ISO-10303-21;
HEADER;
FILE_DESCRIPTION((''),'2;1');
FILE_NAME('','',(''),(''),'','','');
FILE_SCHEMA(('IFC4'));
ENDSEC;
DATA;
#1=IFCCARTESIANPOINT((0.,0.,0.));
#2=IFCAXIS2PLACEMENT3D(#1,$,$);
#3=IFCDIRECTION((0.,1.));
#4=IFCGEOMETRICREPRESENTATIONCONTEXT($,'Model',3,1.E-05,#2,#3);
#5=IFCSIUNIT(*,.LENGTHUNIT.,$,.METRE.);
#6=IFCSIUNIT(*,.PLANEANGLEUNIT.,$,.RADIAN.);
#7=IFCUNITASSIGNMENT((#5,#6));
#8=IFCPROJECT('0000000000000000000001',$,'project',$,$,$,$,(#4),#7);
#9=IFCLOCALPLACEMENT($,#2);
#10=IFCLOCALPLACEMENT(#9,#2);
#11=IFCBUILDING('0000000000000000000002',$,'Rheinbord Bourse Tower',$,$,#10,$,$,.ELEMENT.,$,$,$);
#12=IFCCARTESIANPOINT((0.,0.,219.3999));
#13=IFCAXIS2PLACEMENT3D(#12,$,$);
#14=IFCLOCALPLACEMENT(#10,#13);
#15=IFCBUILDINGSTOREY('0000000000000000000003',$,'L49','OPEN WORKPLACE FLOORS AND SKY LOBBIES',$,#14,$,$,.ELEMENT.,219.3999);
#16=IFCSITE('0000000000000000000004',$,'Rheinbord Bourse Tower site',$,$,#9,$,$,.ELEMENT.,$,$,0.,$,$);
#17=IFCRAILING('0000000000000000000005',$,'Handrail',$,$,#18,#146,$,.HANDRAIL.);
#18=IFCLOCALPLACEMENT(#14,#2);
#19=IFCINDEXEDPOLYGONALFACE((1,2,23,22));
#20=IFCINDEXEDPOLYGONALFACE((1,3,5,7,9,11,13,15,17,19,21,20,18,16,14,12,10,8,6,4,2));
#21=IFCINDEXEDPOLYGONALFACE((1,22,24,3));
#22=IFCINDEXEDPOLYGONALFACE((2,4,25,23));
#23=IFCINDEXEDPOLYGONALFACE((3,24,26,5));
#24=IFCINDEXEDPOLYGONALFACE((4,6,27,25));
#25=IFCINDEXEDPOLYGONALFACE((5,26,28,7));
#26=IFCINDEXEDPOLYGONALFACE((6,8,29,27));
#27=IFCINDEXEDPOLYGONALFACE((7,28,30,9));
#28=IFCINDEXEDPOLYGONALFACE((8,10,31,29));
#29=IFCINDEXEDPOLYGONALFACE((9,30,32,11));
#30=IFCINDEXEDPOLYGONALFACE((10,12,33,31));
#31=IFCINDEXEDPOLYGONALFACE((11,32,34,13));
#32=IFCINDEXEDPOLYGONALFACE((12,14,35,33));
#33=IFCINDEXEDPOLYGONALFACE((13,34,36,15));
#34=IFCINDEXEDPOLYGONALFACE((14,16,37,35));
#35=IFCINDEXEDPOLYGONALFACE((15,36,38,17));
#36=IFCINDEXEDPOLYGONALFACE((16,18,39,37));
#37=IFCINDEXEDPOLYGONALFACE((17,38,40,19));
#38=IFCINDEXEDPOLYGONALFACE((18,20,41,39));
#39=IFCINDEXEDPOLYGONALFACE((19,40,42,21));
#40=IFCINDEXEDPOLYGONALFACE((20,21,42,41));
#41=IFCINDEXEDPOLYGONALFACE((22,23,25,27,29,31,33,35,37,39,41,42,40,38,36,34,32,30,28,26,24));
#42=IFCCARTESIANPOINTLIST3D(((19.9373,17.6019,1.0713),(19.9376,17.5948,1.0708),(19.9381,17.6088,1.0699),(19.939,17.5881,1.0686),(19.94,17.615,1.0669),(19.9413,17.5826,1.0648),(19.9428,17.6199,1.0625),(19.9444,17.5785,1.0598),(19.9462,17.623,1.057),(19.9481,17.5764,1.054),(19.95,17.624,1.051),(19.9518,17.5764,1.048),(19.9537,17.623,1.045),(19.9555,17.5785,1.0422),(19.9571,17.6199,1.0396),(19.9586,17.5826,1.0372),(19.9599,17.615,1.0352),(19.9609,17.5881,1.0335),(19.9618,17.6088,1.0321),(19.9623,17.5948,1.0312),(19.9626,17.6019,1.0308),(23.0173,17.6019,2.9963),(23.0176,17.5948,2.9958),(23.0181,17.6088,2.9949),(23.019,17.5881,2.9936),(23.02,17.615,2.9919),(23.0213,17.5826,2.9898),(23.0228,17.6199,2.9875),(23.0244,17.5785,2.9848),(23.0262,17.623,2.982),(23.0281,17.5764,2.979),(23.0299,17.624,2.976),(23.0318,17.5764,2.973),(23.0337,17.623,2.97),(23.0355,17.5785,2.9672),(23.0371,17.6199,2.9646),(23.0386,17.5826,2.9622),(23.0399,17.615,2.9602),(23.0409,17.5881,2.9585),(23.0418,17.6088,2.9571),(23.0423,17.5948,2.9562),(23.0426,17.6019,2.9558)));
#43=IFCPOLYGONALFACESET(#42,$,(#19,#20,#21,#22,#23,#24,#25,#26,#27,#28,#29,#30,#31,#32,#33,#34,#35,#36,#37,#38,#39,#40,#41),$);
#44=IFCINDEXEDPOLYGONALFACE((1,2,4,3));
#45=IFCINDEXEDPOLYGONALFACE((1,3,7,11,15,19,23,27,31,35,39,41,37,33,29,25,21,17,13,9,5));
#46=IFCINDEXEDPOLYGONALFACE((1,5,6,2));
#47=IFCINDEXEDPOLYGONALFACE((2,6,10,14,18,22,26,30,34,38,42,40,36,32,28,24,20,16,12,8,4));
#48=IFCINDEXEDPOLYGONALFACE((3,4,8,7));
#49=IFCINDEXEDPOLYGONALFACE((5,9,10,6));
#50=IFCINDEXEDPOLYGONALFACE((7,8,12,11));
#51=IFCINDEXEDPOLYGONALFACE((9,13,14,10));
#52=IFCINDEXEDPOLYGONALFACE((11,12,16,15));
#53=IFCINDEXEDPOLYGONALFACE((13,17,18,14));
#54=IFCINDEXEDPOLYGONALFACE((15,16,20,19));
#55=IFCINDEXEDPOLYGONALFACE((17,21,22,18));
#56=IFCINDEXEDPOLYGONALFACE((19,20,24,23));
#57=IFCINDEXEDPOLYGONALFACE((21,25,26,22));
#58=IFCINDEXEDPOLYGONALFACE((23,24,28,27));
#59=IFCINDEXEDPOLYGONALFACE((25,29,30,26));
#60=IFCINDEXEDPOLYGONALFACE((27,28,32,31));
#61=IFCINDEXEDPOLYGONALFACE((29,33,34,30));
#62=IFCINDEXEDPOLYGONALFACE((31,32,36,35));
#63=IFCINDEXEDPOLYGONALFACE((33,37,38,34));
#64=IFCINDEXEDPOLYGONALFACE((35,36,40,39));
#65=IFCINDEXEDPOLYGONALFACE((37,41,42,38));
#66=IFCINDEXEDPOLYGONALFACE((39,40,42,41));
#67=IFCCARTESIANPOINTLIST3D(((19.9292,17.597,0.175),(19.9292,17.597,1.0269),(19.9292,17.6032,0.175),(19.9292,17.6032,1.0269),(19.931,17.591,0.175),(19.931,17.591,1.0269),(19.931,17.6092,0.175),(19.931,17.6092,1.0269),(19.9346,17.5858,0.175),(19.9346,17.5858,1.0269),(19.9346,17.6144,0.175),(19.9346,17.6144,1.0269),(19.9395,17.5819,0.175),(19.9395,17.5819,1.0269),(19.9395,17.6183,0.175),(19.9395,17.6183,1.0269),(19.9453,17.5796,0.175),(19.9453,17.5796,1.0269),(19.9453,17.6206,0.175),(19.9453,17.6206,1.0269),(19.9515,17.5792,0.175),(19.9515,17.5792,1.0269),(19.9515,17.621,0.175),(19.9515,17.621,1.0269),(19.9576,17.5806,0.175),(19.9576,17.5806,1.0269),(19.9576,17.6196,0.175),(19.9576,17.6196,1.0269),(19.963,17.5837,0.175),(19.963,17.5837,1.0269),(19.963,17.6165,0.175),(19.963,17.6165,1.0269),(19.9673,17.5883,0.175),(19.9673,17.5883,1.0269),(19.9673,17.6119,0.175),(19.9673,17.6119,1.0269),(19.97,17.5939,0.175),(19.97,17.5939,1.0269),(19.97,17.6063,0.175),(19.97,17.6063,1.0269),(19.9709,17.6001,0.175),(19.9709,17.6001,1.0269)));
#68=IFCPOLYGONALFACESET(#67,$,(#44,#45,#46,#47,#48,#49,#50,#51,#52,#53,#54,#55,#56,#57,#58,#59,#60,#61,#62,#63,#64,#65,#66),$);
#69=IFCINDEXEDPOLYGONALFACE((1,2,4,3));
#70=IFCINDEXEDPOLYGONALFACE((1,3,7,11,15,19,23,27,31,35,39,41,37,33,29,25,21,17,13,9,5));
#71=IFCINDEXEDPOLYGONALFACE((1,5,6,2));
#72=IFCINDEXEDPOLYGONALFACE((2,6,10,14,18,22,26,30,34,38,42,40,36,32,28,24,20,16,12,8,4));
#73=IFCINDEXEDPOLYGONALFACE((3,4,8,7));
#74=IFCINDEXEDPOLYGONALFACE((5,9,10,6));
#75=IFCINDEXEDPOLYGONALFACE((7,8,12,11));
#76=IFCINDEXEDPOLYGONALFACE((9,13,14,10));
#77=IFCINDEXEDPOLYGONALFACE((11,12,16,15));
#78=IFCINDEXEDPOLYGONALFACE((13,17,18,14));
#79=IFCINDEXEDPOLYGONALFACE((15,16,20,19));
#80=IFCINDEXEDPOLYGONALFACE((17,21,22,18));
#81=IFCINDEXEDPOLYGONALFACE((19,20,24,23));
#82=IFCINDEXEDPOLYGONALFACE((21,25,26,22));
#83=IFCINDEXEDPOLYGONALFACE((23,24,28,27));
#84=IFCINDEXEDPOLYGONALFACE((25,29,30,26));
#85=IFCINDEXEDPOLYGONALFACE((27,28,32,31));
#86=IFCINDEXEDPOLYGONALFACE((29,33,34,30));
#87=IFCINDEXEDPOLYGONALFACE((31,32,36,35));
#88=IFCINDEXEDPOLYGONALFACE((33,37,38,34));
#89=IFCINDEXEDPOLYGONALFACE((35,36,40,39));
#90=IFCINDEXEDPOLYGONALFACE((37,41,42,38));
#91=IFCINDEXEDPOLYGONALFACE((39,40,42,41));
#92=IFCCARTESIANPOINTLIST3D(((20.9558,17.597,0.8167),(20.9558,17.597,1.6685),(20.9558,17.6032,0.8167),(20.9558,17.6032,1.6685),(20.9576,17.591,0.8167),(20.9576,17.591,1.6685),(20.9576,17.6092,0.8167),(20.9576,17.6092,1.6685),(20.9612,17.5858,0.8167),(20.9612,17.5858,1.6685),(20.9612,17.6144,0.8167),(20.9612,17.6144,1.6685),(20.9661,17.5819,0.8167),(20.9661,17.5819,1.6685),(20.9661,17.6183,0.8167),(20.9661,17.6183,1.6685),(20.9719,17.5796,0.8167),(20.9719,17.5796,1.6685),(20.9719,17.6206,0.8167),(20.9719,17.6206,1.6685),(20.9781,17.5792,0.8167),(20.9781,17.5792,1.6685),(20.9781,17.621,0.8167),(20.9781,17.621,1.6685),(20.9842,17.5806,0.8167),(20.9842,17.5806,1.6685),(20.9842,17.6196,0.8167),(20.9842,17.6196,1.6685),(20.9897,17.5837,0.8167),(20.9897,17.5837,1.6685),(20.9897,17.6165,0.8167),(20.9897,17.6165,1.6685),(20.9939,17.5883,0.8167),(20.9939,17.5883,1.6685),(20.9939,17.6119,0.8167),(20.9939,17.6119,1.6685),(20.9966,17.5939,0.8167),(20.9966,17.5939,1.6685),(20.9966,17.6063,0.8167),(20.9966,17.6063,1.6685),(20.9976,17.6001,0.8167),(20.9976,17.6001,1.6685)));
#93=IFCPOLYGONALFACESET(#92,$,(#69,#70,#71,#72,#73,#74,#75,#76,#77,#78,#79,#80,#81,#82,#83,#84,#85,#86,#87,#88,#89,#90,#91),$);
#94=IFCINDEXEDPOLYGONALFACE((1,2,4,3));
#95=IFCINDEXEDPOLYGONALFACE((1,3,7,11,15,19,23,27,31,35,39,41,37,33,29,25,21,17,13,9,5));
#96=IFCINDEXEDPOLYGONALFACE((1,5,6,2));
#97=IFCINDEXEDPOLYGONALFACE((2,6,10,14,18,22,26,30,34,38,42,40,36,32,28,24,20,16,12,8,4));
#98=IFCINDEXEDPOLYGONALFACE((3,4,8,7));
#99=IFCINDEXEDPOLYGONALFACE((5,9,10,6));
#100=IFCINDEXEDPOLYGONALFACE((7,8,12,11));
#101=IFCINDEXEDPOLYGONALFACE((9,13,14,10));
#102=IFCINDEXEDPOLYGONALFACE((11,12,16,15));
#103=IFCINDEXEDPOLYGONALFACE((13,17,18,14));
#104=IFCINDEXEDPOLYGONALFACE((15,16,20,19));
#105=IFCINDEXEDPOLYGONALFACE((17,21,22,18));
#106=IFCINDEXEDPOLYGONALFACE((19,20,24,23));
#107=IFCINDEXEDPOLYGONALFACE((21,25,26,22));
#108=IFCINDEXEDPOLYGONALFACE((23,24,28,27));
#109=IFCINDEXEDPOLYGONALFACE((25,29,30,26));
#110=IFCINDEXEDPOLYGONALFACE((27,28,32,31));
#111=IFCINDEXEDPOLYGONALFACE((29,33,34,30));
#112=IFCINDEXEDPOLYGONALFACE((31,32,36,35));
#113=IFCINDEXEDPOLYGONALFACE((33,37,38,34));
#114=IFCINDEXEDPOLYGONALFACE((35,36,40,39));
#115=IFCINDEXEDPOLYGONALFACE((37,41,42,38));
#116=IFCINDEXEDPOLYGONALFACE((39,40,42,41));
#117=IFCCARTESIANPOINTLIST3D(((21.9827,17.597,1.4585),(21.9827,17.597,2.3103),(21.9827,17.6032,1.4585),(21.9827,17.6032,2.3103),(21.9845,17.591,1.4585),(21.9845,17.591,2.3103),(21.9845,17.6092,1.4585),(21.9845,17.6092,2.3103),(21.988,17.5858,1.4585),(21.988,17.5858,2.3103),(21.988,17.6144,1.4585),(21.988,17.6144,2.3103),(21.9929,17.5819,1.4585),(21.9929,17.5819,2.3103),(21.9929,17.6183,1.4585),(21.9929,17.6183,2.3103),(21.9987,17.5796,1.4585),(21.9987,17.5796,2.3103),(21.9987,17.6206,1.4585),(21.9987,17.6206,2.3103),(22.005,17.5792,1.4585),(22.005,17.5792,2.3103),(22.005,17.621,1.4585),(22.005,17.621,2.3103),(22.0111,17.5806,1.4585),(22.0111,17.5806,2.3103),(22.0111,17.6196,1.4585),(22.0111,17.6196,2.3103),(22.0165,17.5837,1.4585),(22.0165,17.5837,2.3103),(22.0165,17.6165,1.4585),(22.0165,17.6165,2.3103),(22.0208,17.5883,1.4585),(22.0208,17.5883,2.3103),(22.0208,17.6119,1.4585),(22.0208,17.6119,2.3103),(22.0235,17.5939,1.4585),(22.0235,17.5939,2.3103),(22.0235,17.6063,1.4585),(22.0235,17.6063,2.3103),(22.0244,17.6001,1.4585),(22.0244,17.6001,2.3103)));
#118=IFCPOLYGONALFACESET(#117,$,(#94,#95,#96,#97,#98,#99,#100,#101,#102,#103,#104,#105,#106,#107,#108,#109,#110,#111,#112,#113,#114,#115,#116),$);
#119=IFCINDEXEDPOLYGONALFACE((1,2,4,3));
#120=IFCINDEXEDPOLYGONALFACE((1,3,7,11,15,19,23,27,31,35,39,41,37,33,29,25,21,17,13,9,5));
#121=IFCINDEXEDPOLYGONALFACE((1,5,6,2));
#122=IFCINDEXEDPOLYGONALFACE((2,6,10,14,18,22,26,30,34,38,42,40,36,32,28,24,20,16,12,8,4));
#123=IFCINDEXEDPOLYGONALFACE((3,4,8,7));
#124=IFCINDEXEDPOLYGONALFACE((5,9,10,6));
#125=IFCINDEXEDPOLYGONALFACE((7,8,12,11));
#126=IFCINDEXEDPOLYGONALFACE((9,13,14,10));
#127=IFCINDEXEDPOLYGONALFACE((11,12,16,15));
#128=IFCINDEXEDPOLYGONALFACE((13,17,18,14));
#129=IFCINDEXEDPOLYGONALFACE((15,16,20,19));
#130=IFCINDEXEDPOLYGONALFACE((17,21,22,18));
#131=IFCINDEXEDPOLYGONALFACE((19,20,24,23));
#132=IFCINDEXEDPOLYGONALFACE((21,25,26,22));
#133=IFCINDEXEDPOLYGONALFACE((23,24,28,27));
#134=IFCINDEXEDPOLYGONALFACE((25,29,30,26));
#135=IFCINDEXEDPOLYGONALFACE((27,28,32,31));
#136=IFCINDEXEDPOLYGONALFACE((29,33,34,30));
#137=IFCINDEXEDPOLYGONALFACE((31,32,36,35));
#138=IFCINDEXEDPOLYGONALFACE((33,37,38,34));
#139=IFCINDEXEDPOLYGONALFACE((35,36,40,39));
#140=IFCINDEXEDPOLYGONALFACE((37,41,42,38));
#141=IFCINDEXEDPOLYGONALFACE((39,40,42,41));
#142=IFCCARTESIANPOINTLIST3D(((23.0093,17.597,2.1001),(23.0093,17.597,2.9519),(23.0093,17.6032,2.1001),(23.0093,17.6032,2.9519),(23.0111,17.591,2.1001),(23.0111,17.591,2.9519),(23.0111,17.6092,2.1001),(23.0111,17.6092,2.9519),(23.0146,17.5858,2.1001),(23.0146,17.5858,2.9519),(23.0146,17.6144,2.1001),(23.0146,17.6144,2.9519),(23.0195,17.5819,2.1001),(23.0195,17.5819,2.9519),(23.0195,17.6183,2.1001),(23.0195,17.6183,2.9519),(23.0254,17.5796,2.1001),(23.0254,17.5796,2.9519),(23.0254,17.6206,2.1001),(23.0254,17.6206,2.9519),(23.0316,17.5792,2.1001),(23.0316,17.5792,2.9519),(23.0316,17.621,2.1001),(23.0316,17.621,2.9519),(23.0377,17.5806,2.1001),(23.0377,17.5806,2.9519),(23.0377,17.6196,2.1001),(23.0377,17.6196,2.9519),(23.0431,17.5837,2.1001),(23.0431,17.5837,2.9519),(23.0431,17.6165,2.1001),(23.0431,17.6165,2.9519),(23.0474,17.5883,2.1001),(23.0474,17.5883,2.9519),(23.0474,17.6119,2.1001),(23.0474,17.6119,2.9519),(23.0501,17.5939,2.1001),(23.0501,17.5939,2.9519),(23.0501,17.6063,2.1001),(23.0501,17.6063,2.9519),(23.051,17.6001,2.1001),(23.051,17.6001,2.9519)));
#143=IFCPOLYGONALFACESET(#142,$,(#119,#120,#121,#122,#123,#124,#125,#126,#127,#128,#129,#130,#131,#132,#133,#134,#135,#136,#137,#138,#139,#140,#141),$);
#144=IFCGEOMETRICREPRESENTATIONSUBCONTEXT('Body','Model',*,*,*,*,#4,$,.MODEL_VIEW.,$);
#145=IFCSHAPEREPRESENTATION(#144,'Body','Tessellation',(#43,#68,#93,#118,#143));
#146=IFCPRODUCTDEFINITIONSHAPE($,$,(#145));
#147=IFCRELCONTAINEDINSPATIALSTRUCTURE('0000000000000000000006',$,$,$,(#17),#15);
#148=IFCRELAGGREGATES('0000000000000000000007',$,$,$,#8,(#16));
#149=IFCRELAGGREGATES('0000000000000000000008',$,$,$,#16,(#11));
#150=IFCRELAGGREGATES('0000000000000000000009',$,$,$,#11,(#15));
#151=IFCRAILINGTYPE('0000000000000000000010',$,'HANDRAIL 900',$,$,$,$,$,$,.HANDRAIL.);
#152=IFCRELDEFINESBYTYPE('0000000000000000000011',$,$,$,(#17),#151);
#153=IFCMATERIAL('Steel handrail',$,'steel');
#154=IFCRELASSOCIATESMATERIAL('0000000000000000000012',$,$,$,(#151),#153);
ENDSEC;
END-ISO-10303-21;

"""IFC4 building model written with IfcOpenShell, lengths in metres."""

from ifc_helpers import new_model, si_unit, direction, frame, origin, origin_2d, place, context, subcontext, project, spatial, circle, extrude, material, type_object, element, save


model = new_model("IFC4")

# Units and contexts
model_context = context("Model", 3, precision=1e-05, world=origin(), true_north=direction((0.0, 1.0)))
body_context = subcontext(model_context, "Body", "Model", "MODEL_VIEW")
ifc_project = project(units=[si_unit("LENGTHUNIT", "METRE"), si_unit("PLANEANGLEUNIT", "RADIAN")], contexts=[model_context])

# Site, building, storey
site_placement = place(None, origin())
site = spatial("IfcSite", under=ifc_project, at=site_placement, Name="Rheinbord Bourse Tower site", CompositionType="ELEMENT", RefElevation=0.0)
building_placement = place(site_placement, origin())
building = spatial("IfcBuilding", under=site, at=building_placement, Name="Rheinbord Bourse Tower", CompositionType="ELEMENT")
storey_placement = place(building_placement, frame((0.0, 0.0, 219.3999)))
storey = spatial("IfcBuildingStorey", under=building, at=storey_placement, Name="L49", Description="OPEN WORKPLACE FLOORS AND SKY LOBBIES", CompositionType="ELEMENT", Elevation=219.3999)

# Railing
ifc_material_1 = material(Name="Steel handrail", Category="steel")
railing_type = type_object("IfcRailingType", Name="HANDRAIL 900", PredefinedType="HANDRAIL", material=ifc_material_1)
railing_1_placement = place(storey_placement, frame((19.95, 17.6001, 0.175)))
element("IfcRailing", 1, at=railing_1_placement, inside=storey, type_object=railing_type, Name="Handrail", PredefinedType="HANDRAIL", context=body_context, shape_type="SweptSolid", body=[
    extrude(circle(Radius=0.0239, at=origin_2d()), frame((0.0, 0.0, 0.876), z_axis=(0.847998, 0.0, 0.529999), x_axis=(0.0, 1.0, 0.0)), (0.0, 0.0, 1.0), 3.6321),
    extrude(circle(Radius=0.021, at=origin_2d()), origin(), (0.0, 0.0, 1.0), 0.8518),
    extrude(circle(Radius=0.021, at=origin_2d()), frame((1.0266, 0.0, 0.6416)), (0.0, 0.0, 1.0), 0.8518),
    extrude(circle(Radius=0.021, at=origin_2d()), frame((2.0535, 0.0, 1.2834)), (0.0, 0.0, 1.0), 0.8518),
    extrude(circle(Radius=0.021, at=origin_2d()), frame((3.0801, 0.0, 1.925)), (0.0, 0.0, 1.0), 0.8518),
])

save(model, "model.ifc")
